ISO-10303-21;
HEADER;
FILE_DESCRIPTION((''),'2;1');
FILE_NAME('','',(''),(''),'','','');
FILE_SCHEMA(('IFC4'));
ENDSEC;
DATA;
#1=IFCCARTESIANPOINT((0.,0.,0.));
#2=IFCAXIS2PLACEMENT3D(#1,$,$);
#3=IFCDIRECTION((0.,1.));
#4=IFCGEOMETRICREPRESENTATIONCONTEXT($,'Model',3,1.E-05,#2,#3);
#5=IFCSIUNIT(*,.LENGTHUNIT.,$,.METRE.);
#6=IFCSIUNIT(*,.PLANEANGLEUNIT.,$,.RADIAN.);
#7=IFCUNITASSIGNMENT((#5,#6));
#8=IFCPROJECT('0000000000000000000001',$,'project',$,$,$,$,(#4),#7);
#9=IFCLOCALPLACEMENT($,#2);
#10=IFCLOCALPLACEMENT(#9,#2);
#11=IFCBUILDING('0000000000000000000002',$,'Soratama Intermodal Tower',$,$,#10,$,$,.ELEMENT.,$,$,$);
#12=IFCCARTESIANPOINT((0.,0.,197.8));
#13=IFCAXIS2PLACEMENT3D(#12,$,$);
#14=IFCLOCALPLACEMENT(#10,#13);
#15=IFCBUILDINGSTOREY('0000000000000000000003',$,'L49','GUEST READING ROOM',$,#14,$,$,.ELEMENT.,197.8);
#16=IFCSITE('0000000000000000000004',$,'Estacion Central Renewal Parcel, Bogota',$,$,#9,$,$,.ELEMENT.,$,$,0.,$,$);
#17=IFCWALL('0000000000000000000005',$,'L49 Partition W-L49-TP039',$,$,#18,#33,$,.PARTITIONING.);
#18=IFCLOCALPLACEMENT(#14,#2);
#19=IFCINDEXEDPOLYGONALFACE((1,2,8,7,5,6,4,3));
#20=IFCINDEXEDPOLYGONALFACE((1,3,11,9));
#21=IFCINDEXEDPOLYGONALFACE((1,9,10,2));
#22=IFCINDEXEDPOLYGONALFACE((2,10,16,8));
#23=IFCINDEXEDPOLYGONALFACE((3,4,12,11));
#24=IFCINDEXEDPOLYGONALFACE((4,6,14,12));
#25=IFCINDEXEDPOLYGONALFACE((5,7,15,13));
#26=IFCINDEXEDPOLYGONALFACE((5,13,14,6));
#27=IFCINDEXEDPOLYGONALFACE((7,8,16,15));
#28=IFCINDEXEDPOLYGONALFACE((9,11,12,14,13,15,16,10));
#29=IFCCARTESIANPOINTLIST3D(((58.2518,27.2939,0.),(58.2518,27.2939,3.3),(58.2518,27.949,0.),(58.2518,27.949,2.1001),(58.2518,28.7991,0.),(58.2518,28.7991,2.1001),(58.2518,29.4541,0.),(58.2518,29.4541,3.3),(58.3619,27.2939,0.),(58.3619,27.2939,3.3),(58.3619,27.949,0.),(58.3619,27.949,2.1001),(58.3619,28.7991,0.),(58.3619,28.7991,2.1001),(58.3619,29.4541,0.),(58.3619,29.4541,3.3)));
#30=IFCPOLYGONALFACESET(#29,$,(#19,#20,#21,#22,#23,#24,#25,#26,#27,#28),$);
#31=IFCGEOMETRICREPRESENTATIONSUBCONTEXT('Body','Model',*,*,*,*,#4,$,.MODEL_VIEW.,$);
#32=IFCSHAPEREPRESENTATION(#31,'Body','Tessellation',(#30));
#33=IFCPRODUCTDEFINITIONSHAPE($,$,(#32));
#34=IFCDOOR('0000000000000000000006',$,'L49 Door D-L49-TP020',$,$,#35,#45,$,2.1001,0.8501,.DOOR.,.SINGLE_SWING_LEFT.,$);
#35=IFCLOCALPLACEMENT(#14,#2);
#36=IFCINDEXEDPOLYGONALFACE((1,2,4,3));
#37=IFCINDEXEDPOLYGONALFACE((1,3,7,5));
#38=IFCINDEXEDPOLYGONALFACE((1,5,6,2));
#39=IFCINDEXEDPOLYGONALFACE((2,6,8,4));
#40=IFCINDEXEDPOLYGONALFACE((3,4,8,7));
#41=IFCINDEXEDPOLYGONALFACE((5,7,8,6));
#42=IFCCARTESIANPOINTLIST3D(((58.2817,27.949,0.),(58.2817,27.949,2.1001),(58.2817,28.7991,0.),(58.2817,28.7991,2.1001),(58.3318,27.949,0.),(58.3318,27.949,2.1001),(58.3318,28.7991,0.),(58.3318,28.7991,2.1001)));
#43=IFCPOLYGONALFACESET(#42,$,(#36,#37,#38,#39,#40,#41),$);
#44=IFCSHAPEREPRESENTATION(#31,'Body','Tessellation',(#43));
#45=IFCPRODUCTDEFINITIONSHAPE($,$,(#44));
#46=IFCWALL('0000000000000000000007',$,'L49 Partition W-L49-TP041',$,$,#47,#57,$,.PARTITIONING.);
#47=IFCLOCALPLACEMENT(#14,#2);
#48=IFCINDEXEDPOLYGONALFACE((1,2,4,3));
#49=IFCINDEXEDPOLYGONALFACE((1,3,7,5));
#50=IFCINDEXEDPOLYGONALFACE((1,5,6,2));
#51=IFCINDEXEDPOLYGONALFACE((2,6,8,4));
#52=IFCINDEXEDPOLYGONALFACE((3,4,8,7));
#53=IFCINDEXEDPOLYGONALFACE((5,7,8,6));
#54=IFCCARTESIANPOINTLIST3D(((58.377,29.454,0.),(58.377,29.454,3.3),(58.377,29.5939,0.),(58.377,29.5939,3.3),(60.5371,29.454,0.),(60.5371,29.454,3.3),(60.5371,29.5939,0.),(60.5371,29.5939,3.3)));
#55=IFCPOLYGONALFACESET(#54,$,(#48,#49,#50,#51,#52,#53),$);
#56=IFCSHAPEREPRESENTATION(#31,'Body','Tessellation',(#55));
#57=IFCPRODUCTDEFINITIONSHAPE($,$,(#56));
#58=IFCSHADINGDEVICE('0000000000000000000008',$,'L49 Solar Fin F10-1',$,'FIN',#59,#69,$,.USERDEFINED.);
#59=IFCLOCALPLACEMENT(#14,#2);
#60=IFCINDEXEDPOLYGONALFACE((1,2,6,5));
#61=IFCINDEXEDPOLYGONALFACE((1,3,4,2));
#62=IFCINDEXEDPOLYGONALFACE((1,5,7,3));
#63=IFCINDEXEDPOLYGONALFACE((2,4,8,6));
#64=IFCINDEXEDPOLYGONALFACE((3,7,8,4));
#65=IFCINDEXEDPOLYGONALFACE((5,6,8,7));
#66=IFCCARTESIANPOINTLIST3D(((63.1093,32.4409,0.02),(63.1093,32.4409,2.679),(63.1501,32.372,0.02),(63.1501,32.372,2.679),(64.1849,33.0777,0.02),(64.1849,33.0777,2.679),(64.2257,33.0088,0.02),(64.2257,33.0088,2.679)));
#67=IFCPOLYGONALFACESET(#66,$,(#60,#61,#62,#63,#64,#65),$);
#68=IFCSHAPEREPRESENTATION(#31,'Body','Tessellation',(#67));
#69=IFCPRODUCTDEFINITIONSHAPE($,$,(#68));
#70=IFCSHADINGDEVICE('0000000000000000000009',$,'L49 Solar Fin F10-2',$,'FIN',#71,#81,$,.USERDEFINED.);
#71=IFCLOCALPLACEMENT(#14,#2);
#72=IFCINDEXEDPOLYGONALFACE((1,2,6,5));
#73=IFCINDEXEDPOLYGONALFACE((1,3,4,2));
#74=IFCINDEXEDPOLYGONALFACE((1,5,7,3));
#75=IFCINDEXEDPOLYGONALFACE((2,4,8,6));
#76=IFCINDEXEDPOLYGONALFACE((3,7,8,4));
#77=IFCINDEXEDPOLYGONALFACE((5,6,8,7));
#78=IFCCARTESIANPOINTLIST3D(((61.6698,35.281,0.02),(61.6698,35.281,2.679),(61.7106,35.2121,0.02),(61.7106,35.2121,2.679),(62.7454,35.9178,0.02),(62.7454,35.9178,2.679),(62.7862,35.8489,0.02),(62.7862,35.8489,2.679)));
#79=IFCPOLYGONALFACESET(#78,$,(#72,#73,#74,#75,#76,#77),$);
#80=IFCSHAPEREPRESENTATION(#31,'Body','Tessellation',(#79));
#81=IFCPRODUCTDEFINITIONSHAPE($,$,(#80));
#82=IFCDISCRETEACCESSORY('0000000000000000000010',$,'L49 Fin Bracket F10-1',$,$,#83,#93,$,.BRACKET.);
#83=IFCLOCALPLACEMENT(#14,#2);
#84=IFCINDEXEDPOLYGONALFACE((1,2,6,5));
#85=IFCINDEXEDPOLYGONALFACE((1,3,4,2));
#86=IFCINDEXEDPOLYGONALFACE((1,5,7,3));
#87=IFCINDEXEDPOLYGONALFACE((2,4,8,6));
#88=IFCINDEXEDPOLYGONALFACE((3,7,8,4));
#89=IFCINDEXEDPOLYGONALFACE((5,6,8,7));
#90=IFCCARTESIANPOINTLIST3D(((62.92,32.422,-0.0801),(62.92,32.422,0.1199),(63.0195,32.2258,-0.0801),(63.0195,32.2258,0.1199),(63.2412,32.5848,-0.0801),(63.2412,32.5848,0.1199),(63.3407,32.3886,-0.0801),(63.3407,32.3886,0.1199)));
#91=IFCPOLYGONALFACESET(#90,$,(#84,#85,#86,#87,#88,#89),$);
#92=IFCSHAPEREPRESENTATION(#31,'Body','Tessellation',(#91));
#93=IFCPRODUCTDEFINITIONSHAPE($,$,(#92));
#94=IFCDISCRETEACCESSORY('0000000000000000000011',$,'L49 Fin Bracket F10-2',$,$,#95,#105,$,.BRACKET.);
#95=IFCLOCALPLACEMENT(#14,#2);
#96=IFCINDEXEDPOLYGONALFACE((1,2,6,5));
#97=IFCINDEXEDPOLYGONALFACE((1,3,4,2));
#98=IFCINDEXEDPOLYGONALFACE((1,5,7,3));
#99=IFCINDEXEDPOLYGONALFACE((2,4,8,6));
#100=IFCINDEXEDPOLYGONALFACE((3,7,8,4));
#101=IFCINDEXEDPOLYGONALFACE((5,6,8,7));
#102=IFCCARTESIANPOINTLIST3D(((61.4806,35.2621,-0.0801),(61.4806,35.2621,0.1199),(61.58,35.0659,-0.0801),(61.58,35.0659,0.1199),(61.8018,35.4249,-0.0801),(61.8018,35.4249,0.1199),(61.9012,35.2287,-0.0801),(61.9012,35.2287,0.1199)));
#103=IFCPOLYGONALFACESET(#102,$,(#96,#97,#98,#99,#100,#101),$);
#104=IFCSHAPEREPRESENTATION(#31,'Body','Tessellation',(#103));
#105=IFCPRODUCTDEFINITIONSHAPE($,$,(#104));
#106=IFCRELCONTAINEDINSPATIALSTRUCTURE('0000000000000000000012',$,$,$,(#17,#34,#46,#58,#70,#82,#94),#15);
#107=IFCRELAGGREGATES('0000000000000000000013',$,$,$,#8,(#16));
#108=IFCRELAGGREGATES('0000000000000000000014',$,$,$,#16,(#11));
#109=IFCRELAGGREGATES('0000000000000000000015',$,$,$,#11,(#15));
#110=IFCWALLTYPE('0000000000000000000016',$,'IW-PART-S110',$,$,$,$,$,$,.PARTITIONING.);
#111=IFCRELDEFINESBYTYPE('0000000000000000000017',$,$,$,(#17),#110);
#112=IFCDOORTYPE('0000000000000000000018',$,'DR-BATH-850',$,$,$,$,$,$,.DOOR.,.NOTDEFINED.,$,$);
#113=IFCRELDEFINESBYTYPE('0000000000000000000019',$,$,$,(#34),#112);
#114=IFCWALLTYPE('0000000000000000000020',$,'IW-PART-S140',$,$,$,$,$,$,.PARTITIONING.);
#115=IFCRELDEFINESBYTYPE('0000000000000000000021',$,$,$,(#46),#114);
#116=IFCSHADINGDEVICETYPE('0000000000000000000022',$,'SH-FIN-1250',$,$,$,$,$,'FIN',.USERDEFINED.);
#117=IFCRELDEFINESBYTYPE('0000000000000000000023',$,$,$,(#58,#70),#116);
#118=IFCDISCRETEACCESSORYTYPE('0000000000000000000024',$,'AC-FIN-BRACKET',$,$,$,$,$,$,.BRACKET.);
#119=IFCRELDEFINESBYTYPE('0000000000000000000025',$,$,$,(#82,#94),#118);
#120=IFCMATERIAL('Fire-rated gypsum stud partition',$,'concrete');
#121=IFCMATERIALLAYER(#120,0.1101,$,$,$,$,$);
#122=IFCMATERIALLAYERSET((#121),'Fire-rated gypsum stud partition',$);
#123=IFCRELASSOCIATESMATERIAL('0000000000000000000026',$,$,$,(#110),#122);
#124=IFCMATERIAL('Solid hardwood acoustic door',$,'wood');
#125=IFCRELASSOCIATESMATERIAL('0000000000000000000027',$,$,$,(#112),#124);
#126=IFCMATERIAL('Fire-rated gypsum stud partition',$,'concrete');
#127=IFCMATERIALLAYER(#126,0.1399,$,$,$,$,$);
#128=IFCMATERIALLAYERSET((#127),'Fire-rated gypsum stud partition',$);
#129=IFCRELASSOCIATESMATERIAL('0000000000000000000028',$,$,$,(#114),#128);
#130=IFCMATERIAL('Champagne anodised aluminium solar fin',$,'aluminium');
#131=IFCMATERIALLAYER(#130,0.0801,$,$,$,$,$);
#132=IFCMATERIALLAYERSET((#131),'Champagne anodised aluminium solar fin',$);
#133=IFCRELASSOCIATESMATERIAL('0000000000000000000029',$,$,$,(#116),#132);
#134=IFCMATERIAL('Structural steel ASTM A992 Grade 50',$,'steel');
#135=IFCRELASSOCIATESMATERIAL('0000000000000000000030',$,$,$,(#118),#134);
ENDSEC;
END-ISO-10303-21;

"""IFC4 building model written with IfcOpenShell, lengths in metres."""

from ifc_helpers import new_model, si_unit, direction, frame, frame_2d, origin, origin_2d, place, context, subcontext, project, spatial, rectangle, extrude, material, layer, layer_set, type_object, element, fill, save


model = new_model("IFC4")

# Units and contexts
model_context = context("Model", 3, precision=1e-05, world=origin(), true_north=direction((0.0, 1.0)))
body_context = subcontext(model_context, "Body", "Model", "MODEL_VIEW")
ifc_project = project(units=[si_unit("LENGTHUNIT", "METRE"), si_unit("PLANEANGLEUNIT", "RADIAN")], contexts=[model_context])

# Site, building, storey
site_placement = place(None, origin())
site = spatial("IfcSite", under=ifc_project, at=site_placement, Name="Estacion Central Renewal Parcel, Bogota", CompositionType="ELEMENT", RefElevation=0.0)
building_placement = place(site_placement, origin())
building = spatial("IfcBuilding", under=site, at=building_placement, Name="Soratama Intermodal Tower", CompositionType="ELEMENT")
storey_placement = place(building_placement, frame((0.0, 0.0, 197.8)))
storey = spatial("IfcBuildingStorey", under=building, at=storey_placement, Name="L49", Description="GUEST READING ROOM", CompositionType="ELEMENT", Elevation=197.8)

# Wall, opening, door
ifc_material_1 = material(Name="Fire-rated gypsum stud partition", Category="concrete")
ifc_layer_1 = layer(ifc_material_1, 0.1101)
ifc_layer_set_1 = layer_set([ifc_layer_1], Name="Fire-rated gypsum stud partition")
wall_type_1 = type_object("IfcWallType", Name="IW-PART-S110", PredefinedType="PARTITIONING", material=ifc_layer_set_1)
wall_1_placement = place(storey_placement, frame((58.3069, 29.4541, 0.0), z_axis=(0.0, 0.0, 1.0), x_axis=(0.0, -1.0, 0.0)))
wall_1 = element("IfcWall", 1, at=wall_1_placement, inside=storey, type_object=wall_type_1, Name="L49 Partition W-L49-TP039", PredefinedType="PARTITIONING", context=body_context, shape_type="SweptSolid", body=[
    extrude(rectangle(XDim=2.1602, YDim=0.1101, at=frame_2d((1.0801, 0.0))), origin(), (0.0, 0.0, 1.0), 3.3),
])
opening_placement = place(wall_1_placement, frame((0.655, 0.0, 0.0)))
opening = element("IfcOpeningElement", 2, at=opening_placement, cuts=wall_1, PredefinedType="OPENING", context=body_context, shape_type="SweptSolid", body=[
    extrude(rectangle(XDim=0.8501, YDim=2.1001, at=frame_2d((0.425, 1.05))), frame((0.0, 0.0649, 0.0), z_axis=(0.0, -1.0, 0.0), x_axis=(1.0, 0.0, 0.0)), (0.0, 0.0, 1.0), 0.1301),
])
ifc_material_2 = material(Name="Solid hardwood acoustic door", Category="wood")
door_type = type_object("IfcDoorType", Name="DR-BATH-850", OperationType="NOTDEFINED", PredefinedType="DOOR", material=ifc_material_2)
door_placement = place(opening_placement, origin())
door = element("IfcDoor", 3, at=door_placement, inside=storey, type_object=door_type, Name="L49 Door D-L49-TP020", OperationType="SINGLE_SWING_LEFT", OverallHeight=2.1001, OverallWidth=0.8501, PredefinedType="DOOR", context=body_context, shape_type="SweptSolid", body=[
    extrude(rectangle(XDim=0.8501, YDim=2.1001, at=frame_2d((0.425, 1.05))), frame((0.0, 0.0249, 0.0), z_axis=(0.0, -1.0, 0.0), x_axis=(1.0, 0.0, 0.0)), (0.0, 0.0, 1.0), 0.05),
])
fill(opening, door)

# Wall
ifc_material_3 = material(Name="Fire-rated gypsum stud partition", Category="concrete")
ifc_layer_2 = layer(ifc_material_3, 0.1399)
ifc_layer_set_2 = layer_set([ifc_layer_2], Name="Fire-rated gypsum stud partition")
wall_type_2 = type_object("IfcWallType", Name="IW-PART-S140", PredefinedType="PARTITIONING", material=ifc_layer_set_2)
wall_2_placement = place(storey_placement, frame((60.5371, 29.5239, 0.0), z_axis=(0.0, 0.0, 1.0), x_axis=(-1.0, 0.0, 0.0)))
element("IfcWall", 4, at=wall_2_placement, inside=storey, type_object=wall_type_2, Name="L49 Partition W-L49-TP041", PredefinedType="PARTITIONING", context=body_context, shape_type="SweptSolid", body=[
    extrude(rectangle(XDim=2.1602, YDim=0.1399, at=frame_2d((1.0801, 0.0))), origin(), (0.0, 0.0, 1.0), 3.3),
])

# Shading devices
ifc_material_4 = material(Name="Champagne anodised aluminium solar fin", Category="aluminium")
ifc_layer_3 = layer(ifc_material_4, 0.0801)
ifc_layer_set_3 = layer_set([ifc_layer_3], Name="Champagne anodised aluminium solar fin")
shading_device_type = type_object("IfcShadingDeviceType", Name="SH-FIN-1250", ElementType="FIN", PredefinedType="USERDEFINED", material=ifc_layer_set_3)
for number, where, z_axis, x_axis, name in (
    (5, (63.6675, 32.7249, 0.02), (0.0, 0.0, 1.0), (0.860475, 0.509492, 0.0), "L49 Solar Fin F10-1"),
    (6, (62.228, 35.5649, 0.02), (0.0, 0.0, 1.0), (0.860475, 0.509492, 0.0), "L49 Solar Fin F10-2"),
):
    element("IfcShadingDevice", number, at=place(storey_placement, frame(where, z_axis=z_axis, x_axis=x_axis)), inside=storey, type_object=shading_device_type, Name=name, ObjectType="FIN", PredefinedType="USERDEFINED", context=body_context, shape_type="SweptSolid", body=[
        extrude(rectangle(XDim=1.25, YDim=0.0801, at=origin_2d()), origin(), (0.0, 0.0, 1.0), 2.6589),
    ])

# Discrete accessories
ifc_material_5 = material(Name="Structural steel ASTM A992 Grade 50", Category="steel")
discrete_accessory_type = type_object("IfcDiscreteAccessoryType", Name="AC-FIN-BRACKET", PredefinedType="BRACKET", material=ifc_material_5)
for number, where, z_axis, x_axis, name in (
    (7, (63.1304, 32.4053, -0.0801), (0.0, 0.0, 1.0), (0.891955, 0.452123, 0.0), "L49 Fin Bracket F10-1"),
    (8, (61.6909, 35.2454, -0.0801), (0.0, 0.0, 1.0), (0.891955, 0.452123, 0.0), "L49 Fin Bracket F10-2"),
):
    element("IfcDiscreteAccessory", number, at=place(storey_placement, frame(where, z_axis=z_axis, x_axis=x_axis)), inside=storey, type_object=discrete_accessory_type, Name=name, PredefinedType="BRACKET", context=body_context, shape_type="SweptSolid", body=[
        extrude(rectangle(XDim=0.3601, YDim=0.22, at=origin_2d()), origin(), (0.0, 0.0, 1.0), 0.2),
    ])

save(model, "model.ifc")
